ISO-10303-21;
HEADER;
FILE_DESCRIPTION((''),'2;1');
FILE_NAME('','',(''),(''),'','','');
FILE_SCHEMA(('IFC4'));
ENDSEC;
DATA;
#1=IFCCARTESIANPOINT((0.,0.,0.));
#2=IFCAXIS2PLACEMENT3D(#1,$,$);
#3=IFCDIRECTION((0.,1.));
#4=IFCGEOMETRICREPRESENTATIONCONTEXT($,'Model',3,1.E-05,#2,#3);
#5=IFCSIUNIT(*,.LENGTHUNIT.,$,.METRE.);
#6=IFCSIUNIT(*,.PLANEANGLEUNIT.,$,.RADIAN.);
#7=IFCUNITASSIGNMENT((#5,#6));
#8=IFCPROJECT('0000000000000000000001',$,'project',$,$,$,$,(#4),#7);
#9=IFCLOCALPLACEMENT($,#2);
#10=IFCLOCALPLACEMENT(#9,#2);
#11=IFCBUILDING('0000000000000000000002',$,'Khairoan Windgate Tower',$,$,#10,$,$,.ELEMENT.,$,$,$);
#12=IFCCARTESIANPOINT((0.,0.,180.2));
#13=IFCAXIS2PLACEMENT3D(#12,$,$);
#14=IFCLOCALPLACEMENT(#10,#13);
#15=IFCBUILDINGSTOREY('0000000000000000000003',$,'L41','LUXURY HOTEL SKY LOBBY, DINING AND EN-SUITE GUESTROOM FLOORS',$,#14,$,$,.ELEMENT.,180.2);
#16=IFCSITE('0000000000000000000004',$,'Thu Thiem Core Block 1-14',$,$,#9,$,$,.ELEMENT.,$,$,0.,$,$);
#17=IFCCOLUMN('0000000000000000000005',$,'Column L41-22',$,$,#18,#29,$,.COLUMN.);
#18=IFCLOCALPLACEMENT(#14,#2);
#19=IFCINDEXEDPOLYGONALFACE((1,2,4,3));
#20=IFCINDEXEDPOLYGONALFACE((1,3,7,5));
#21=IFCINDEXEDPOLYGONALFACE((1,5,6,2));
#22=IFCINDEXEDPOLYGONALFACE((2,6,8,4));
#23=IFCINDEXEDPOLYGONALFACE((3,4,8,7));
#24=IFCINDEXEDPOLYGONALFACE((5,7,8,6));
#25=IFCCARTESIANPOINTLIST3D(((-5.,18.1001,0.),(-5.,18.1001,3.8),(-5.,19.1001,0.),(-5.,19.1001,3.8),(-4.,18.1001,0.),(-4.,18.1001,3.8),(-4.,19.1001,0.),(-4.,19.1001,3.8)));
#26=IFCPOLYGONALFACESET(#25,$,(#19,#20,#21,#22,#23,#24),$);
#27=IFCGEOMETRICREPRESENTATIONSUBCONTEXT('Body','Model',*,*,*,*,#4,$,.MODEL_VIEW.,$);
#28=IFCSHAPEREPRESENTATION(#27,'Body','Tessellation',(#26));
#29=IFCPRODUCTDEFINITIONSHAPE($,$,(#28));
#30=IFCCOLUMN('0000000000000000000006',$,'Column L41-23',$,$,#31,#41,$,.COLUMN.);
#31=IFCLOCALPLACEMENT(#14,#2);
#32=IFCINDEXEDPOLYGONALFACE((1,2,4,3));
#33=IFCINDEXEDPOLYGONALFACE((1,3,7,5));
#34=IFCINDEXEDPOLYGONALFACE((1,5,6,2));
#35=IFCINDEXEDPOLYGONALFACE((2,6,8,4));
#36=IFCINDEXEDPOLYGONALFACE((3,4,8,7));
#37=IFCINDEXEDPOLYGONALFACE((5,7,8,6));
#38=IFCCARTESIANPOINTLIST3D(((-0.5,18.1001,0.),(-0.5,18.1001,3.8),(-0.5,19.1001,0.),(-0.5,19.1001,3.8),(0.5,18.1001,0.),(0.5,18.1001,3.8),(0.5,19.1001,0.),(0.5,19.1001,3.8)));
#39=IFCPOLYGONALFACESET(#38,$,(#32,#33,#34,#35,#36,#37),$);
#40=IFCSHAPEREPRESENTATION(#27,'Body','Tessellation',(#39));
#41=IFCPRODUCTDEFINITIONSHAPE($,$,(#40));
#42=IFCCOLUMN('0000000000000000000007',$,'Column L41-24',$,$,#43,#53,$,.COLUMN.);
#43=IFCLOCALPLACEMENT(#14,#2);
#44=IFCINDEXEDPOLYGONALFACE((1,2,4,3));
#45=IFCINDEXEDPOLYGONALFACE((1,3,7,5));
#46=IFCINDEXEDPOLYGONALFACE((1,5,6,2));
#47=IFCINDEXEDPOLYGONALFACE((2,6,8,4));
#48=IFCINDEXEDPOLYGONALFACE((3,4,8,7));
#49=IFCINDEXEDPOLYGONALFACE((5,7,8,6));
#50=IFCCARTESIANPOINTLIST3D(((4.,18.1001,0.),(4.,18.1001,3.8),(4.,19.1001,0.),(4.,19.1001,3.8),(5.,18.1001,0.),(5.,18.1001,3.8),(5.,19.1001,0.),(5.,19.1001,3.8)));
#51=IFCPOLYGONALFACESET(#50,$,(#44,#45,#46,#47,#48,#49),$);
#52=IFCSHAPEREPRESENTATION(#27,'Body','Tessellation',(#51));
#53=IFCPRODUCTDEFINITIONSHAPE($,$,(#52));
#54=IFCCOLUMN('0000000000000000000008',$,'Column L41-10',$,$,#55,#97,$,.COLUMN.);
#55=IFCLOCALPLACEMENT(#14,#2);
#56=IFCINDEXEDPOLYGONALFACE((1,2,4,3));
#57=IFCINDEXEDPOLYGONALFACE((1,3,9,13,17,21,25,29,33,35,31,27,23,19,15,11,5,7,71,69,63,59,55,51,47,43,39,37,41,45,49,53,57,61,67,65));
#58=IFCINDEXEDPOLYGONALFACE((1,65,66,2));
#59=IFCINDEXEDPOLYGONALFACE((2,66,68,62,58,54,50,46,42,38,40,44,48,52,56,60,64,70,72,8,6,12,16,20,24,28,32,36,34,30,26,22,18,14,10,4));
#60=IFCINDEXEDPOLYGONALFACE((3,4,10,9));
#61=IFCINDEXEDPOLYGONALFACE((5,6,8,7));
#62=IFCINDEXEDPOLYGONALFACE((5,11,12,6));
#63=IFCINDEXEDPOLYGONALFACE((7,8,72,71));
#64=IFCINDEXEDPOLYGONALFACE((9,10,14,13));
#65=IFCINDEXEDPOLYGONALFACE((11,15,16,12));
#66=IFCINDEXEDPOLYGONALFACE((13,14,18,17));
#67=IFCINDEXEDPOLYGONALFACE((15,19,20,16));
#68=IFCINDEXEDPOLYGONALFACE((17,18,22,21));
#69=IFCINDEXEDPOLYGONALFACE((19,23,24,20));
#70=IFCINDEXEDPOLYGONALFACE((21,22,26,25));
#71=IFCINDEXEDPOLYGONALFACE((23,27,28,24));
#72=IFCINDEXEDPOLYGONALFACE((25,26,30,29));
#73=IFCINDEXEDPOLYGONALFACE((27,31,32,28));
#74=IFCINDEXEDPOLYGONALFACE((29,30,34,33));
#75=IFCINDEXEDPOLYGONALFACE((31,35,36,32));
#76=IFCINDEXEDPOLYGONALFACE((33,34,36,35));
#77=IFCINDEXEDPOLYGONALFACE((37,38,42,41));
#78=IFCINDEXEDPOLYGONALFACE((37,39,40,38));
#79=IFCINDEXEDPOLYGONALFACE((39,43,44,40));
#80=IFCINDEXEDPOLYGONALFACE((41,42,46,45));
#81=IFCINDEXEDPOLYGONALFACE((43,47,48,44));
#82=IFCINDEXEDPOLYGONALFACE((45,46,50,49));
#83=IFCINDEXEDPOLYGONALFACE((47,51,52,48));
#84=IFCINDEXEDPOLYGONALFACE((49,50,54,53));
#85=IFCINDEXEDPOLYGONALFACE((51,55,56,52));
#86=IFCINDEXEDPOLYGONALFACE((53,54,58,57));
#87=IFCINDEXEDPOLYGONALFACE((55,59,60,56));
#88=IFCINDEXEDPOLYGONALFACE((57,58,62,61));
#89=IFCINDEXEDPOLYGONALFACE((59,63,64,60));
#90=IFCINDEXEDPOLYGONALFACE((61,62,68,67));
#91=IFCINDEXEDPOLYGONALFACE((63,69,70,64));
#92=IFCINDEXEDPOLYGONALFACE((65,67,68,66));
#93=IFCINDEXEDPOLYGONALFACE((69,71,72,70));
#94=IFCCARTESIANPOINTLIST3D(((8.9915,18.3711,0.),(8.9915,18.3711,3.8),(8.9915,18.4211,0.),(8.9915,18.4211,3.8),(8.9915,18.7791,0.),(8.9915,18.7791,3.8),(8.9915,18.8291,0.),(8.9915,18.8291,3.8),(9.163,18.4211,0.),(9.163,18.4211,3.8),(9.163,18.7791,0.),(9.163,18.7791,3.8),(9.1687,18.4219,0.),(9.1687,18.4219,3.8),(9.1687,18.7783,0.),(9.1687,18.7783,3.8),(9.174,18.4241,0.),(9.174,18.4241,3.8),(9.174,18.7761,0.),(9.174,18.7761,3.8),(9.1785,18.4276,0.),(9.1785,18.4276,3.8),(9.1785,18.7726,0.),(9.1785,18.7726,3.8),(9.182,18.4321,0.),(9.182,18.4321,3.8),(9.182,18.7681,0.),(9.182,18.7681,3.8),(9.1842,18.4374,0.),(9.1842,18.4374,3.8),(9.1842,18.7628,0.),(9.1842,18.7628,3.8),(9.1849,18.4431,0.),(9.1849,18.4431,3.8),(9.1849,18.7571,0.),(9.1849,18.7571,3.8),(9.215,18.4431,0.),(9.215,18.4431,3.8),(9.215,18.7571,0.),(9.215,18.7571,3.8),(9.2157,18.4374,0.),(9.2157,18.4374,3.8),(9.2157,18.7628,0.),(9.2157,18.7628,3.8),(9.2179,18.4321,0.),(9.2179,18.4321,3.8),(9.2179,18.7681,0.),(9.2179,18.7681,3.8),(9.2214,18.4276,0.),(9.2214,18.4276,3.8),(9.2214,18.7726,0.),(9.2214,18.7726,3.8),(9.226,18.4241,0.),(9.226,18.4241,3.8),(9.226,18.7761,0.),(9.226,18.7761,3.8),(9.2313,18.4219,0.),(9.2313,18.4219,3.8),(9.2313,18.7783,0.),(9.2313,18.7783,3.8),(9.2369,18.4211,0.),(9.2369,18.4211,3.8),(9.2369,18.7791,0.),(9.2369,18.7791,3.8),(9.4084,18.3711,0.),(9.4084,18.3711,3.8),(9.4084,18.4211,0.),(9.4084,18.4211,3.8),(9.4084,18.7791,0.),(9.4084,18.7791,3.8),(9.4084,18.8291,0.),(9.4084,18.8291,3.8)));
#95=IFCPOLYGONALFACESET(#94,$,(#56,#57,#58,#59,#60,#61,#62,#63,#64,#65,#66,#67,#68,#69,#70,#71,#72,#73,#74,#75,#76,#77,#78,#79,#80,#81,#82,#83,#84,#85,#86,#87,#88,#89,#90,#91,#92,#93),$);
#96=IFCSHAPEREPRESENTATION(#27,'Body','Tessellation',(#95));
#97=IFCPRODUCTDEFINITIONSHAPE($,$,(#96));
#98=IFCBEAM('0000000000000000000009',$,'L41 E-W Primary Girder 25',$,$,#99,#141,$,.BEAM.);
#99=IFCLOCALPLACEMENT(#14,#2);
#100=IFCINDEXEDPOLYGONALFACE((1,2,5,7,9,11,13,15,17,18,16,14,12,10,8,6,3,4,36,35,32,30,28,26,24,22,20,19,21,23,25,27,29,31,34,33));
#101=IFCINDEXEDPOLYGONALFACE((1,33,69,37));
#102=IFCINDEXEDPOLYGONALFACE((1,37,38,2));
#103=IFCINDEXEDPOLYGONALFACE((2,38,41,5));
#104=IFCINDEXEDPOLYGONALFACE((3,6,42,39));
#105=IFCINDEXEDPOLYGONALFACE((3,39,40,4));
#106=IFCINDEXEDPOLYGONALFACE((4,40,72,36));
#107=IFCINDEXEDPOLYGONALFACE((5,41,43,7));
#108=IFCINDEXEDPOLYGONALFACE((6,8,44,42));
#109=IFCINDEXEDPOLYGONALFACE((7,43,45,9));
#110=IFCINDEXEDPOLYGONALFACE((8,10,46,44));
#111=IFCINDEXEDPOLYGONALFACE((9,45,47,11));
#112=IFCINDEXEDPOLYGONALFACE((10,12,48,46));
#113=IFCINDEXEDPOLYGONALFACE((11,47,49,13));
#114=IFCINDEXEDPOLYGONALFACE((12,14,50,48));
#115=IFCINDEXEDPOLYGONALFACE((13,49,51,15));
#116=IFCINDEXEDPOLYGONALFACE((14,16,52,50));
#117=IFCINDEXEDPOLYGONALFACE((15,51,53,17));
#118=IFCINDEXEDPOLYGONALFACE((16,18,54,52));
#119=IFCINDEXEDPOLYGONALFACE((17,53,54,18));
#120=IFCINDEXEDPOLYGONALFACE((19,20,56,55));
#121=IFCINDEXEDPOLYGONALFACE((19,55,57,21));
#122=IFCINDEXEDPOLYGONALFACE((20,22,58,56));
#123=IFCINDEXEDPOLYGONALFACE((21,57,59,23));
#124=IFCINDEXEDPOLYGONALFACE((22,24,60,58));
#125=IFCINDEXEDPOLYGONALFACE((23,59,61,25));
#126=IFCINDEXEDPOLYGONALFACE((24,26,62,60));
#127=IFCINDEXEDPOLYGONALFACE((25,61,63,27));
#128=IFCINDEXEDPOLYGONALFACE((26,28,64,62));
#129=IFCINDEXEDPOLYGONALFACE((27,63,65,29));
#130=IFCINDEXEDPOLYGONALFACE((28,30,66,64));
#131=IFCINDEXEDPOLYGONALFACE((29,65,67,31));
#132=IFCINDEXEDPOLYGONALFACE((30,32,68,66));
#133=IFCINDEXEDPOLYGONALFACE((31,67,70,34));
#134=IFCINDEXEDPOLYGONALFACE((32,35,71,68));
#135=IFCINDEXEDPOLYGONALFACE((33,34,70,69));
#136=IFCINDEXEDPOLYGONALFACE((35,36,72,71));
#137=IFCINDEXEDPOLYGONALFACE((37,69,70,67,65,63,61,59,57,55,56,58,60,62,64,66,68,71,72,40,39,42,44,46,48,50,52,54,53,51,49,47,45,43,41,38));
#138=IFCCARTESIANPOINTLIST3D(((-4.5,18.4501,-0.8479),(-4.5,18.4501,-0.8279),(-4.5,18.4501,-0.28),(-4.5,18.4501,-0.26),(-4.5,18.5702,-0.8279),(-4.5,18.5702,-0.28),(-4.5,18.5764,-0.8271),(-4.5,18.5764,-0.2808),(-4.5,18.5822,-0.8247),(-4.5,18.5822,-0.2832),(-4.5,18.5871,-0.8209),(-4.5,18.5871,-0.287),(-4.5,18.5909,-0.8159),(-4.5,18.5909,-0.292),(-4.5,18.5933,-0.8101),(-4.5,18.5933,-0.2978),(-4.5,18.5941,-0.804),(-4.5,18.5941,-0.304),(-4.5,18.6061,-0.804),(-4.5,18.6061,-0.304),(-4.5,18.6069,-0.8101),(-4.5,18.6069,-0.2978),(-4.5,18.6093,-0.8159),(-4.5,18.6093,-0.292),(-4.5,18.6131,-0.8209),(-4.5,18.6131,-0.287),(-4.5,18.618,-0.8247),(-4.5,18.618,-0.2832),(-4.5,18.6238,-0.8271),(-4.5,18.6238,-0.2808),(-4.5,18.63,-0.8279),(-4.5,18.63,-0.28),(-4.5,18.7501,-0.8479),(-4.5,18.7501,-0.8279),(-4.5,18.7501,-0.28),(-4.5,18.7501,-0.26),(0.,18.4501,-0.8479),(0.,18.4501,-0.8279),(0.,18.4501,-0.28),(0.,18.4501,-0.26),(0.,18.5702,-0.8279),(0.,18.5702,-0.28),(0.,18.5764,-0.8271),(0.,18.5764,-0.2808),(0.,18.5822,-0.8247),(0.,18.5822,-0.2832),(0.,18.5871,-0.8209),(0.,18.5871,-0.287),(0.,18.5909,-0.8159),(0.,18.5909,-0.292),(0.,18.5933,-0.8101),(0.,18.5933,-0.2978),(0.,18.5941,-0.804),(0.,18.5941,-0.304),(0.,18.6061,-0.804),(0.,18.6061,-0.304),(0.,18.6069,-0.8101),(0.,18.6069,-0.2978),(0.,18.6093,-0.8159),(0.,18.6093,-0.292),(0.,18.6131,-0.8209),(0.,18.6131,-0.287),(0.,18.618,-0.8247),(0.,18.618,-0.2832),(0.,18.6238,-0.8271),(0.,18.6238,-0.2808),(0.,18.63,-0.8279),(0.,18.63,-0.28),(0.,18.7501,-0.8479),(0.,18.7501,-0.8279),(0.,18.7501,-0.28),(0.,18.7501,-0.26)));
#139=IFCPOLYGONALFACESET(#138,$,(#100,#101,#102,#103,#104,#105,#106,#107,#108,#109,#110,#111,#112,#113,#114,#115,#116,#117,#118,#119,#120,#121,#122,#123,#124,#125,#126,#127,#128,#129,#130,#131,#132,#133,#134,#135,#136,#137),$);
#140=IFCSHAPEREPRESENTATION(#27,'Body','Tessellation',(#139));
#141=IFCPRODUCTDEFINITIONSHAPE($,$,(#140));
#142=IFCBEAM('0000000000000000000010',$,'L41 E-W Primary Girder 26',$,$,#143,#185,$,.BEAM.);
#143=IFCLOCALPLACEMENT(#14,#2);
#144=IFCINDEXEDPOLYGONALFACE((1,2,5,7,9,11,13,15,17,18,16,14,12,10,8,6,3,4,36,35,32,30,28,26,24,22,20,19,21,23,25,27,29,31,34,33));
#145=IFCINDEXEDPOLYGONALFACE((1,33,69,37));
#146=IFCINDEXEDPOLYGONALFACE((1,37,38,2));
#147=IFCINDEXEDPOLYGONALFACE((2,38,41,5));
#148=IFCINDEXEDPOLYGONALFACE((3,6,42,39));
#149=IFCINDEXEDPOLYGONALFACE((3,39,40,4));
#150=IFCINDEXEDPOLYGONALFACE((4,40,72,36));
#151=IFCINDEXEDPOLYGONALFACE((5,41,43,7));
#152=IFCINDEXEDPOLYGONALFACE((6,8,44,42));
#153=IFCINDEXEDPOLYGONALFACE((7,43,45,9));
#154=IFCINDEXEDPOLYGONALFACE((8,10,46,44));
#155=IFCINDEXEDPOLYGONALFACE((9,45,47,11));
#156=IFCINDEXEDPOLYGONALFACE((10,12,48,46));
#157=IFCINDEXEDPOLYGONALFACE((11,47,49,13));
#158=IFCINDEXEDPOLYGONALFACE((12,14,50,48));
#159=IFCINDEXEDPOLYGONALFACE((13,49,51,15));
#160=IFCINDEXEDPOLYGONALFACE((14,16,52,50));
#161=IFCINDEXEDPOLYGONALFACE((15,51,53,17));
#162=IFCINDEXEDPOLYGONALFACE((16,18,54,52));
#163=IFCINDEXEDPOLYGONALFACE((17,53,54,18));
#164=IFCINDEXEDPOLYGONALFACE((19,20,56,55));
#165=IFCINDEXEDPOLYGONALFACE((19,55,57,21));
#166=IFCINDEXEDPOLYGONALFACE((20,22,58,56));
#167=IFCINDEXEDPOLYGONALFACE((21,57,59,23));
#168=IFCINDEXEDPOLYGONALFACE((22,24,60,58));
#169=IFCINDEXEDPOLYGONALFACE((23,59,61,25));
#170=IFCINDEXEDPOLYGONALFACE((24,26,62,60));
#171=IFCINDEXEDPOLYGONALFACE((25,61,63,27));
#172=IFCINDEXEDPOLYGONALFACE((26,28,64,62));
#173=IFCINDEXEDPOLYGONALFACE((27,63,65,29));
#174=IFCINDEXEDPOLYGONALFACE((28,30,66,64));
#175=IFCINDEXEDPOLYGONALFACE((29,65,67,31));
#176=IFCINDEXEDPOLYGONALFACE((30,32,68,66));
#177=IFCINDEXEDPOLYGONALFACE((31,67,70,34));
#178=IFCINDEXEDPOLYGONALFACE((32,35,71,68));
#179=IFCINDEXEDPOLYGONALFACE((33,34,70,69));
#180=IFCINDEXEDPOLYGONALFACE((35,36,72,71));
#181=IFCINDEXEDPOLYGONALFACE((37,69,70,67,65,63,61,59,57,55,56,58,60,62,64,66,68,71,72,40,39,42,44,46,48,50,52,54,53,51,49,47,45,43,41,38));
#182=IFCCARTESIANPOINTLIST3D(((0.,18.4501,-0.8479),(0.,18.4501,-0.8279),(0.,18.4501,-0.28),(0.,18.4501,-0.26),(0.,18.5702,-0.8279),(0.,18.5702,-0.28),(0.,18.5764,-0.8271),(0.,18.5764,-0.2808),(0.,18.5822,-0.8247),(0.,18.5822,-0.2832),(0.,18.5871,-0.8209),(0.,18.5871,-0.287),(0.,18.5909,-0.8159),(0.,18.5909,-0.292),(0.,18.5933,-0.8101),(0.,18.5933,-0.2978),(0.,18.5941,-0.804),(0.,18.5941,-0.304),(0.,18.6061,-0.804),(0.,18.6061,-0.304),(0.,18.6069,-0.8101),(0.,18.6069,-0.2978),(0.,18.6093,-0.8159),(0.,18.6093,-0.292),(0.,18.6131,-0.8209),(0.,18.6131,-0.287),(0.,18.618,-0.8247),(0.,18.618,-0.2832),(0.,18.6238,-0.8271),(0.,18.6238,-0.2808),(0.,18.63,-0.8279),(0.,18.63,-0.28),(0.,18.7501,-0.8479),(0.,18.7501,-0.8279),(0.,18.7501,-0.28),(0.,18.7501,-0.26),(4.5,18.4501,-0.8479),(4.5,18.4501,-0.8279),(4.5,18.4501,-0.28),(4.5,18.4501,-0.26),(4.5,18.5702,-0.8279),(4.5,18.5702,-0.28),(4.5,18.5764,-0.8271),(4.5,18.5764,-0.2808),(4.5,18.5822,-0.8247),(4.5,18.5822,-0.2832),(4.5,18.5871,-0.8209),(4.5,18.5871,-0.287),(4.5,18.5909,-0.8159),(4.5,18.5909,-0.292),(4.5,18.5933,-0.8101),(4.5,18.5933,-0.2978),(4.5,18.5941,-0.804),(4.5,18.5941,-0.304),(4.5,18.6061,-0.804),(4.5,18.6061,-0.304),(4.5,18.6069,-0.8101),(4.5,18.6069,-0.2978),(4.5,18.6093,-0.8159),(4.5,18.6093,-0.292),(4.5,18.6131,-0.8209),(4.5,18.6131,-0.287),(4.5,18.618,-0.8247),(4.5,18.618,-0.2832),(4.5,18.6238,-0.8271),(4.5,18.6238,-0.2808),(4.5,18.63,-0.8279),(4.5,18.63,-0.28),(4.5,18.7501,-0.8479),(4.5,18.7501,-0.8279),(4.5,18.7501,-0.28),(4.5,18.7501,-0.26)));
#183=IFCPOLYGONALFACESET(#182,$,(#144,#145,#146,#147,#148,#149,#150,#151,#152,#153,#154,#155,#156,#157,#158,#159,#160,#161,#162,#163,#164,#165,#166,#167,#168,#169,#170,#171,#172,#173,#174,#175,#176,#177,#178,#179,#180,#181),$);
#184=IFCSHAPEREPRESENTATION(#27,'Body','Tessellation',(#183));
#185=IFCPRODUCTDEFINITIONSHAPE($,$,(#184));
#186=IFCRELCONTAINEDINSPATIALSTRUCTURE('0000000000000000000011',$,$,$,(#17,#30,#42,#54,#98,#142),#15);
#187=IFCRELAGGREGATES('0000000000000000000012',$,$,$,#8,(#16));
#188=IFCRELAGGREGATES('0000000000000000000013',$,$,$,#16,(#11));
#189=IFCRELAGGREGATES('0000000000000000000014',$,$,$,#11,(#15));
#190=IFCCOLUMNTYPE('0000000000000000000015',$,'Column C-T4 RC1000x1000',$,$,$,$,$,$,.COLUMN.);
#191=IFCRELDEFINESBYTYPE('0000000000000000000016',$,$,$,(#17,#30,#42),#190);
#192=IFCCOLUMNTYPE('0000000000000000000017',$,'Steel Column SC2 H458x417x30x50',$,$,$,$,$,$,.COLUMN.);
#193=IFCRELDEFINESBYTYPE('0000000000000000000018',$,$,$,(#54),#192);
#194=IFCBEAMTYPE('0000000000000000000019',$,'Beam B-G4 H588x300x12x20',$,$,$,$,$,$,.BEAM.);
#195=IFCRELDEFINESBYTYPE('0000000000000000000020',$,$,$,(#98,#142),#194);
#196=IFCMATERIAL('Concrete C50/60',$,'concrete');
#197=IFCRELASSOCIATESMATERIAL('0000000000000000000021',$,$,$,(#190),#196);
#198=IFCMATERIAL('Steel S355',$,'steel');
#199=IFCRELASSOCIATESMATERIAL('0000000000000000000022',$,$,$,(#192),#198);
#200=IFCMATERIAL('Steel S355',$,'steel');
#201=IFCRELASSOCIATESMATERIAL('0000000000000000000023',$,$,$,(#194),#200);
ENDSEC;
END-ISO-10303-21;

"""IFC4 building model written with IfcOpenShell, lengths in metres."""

from ifc_helpers import new_model, si_unit, direction, frame, origin, origin_2d, place, context, subcontext, project, spatial, rectangle, i_section, extrude, material, material_profile, profile_set, type_object, element, save


model = new_model("IFC4")

# Units and contexts
model_context = context("Model", 3, precision=1e-05, world=origin(), true_north=direction((0.0, 1.0)))
body_context = subcontext(model_context, "Body", "Model", "MODEL_VIEW")
ifc_project = project(units=[si_unit("LENGTHUNIT", "METRE"), si_unit("PLANEANGLEUNIT", "RADIAN")], contexts=[model_context])

# Site, building, storey
site_placement = place(None, origin())
site = spatial("IfcSite", under=ifc_project, at=site_placement, Name="Thu Thiem Core Block 1-14", CompositionType="ELEMENT", RefElevation=0.0)
building_placement = place(site_placement, origin())
building = spatial("IfcBuilding", under=site, at=building_placement, Name="Khairoan Windgate Tower", CompositionType="ELEMENT")
storey_placement = place(building_placement, frame((0.0, 0.0, 180.2)))
storey = spatial("IfcBuildingStorey", under=building, at=storey_placement, Name="L41", Description="LUXURY HOTEL SKY LOBBY, DINING AND EN-SUITE GUESTROOM FLOORS", CompositionType="ELEMENT", Elevation=180.2)

# Columns
ifc_material_1 = material(Name="Concrete C50/60", Category="concrete")
ifc_material_profile_1 = material_profile(ifc_material_1, rectangle(XDim=1.0, YDim=1.0, at=origin_2d()))
ifc_profile_set_1 = profile_set([ifc_material_profile_1], Name="Concrete C50/60")
column_type_1 = type_object("IfcColumnType", Name="Column C-T4 RC1000x1000", PredefinedType="COLUMN", material=ifc_profile_set_1)
for number, where, z_axis, x_axis, name in (
    (1, (-4.5, 18.6001, 0.0), (0.0, 0.0, 1.0), (1.0, 0.0, 0.0), "Column L41-22"),
    (2, (0.0, 18.6001, 0.0), (0.0, 0.0, 1.0), (1.0, 0.0, 0.0), "Column L41-23"),
    (3, (4.5, 18.6001, 0.0), (0.0, 0.0, 1.0), (1.0, 0.0, 0.0), "Column L41-24"),
):
    element("IfcColumn", number, at=place(storey_placement, frame(where, z_axis=z_axis, x_axis=x_axis)), inside=storey, type_object=column_type_1, Name=name, PredefinedType="COLUMN", context=body_context, shape_type="SweptSolid", body=[
        extrude(rectangle(XDim=1.0, YDim=1.0, at=origin_2d()), origin(), (0.0, 0.0, 1.0), 3.8),
    ])
ifc_material_2 = material(Name="Steel S355", Category="steel")
ifc_material_profile_2 = material_profile(ifc_material_2, i_section(OverallWidth=0.417, OverallDepth=0.458, WebThickness=0.03, FlangeThickness=0.05, FilletRadius=0.022, at=origin_2d()))
ifc_profile_set_2 = profile_set([ifc_material_profile_2], Name="Steel S355")
column_type_2 = type_object("IfcColumnType", Name="Steel Column SC2 H458x417x30x50", PredefinedType="COLUMN", material=ifc_profile_set_2)
column_placement = place(storey_placement, frame((9.2, 18.6001, 0.0), z_axis=(0.0, 0.0, 1.0), x_axis=(1.0, 0.0, 0.0)))
element("IfcColumn", 4, at=column_placement, inside=storey, type_object=column_type_2, Name="Column L41-10", PredefinedType="COLUMN", context=body_context, shape_type="SweptSolid", body=[
    extrude(i_section(OverallWidth=0.417, OverallDepth=0.458, WebThickness=0.03, FlangeThickness=0.05, FilletRadius=0.022, at=origin_2d()), origin(), (0.0, 0.0, 1.0), 3.8),
])

# Beams
ifc_material_3 = material(Name="Steel S355", Category="steel")
ifc_material_profile_3 = material_profile(ifc_material_3, i_section(OverallWidth=0.3, OverallDepth=0.5879, WebThickness=0.012, FlangeThickness=0.02, FilletRadius=0.0239, at=origin_2d()))
ifc_profile_set_3 = profile_set([ifc_material_profile_3], Name="Steel S355")
beam_type = type_object("IfcBeamType", Name="Beam B-G4 H588x300x12x20", PredefinedType="BEAM", material=ifc_profile_set_3)
for number, where, z_axis, x_axis, name in (
    (5, (-4.5, 18.6001, -0.554), (1.0, 0.0, 0.0), (0.0, 1.0, 0.0), "L41 E-W Primary Girder 25"),
    (6, (0.0, 18.6001, -0.554), (1.0, 0.0, 0.0), (0.0, 1.0, 0.0), "L41 E-W Primary Girder 26"),
):
    element("IfcBeam", number, at=place(storey_placement, frame(where, z_axis=z_axis, x_axis=x_axis)), inside=storey, type_object=beam_type, Name=name, PredefinedType="BEAM", context=body_context, shape_type="SweptSolid", body=[
        extrude(i_section(OverallWidth=0.3, OverallDepth=0.5879, WebThickness=0.012, FlangeThickness=0.02, FilletRadius=0.0239, at=origin_2d()), origin(), (0.0, 0.0, 1.0), 4.5),
    ])

save(model, "model.ifc")
